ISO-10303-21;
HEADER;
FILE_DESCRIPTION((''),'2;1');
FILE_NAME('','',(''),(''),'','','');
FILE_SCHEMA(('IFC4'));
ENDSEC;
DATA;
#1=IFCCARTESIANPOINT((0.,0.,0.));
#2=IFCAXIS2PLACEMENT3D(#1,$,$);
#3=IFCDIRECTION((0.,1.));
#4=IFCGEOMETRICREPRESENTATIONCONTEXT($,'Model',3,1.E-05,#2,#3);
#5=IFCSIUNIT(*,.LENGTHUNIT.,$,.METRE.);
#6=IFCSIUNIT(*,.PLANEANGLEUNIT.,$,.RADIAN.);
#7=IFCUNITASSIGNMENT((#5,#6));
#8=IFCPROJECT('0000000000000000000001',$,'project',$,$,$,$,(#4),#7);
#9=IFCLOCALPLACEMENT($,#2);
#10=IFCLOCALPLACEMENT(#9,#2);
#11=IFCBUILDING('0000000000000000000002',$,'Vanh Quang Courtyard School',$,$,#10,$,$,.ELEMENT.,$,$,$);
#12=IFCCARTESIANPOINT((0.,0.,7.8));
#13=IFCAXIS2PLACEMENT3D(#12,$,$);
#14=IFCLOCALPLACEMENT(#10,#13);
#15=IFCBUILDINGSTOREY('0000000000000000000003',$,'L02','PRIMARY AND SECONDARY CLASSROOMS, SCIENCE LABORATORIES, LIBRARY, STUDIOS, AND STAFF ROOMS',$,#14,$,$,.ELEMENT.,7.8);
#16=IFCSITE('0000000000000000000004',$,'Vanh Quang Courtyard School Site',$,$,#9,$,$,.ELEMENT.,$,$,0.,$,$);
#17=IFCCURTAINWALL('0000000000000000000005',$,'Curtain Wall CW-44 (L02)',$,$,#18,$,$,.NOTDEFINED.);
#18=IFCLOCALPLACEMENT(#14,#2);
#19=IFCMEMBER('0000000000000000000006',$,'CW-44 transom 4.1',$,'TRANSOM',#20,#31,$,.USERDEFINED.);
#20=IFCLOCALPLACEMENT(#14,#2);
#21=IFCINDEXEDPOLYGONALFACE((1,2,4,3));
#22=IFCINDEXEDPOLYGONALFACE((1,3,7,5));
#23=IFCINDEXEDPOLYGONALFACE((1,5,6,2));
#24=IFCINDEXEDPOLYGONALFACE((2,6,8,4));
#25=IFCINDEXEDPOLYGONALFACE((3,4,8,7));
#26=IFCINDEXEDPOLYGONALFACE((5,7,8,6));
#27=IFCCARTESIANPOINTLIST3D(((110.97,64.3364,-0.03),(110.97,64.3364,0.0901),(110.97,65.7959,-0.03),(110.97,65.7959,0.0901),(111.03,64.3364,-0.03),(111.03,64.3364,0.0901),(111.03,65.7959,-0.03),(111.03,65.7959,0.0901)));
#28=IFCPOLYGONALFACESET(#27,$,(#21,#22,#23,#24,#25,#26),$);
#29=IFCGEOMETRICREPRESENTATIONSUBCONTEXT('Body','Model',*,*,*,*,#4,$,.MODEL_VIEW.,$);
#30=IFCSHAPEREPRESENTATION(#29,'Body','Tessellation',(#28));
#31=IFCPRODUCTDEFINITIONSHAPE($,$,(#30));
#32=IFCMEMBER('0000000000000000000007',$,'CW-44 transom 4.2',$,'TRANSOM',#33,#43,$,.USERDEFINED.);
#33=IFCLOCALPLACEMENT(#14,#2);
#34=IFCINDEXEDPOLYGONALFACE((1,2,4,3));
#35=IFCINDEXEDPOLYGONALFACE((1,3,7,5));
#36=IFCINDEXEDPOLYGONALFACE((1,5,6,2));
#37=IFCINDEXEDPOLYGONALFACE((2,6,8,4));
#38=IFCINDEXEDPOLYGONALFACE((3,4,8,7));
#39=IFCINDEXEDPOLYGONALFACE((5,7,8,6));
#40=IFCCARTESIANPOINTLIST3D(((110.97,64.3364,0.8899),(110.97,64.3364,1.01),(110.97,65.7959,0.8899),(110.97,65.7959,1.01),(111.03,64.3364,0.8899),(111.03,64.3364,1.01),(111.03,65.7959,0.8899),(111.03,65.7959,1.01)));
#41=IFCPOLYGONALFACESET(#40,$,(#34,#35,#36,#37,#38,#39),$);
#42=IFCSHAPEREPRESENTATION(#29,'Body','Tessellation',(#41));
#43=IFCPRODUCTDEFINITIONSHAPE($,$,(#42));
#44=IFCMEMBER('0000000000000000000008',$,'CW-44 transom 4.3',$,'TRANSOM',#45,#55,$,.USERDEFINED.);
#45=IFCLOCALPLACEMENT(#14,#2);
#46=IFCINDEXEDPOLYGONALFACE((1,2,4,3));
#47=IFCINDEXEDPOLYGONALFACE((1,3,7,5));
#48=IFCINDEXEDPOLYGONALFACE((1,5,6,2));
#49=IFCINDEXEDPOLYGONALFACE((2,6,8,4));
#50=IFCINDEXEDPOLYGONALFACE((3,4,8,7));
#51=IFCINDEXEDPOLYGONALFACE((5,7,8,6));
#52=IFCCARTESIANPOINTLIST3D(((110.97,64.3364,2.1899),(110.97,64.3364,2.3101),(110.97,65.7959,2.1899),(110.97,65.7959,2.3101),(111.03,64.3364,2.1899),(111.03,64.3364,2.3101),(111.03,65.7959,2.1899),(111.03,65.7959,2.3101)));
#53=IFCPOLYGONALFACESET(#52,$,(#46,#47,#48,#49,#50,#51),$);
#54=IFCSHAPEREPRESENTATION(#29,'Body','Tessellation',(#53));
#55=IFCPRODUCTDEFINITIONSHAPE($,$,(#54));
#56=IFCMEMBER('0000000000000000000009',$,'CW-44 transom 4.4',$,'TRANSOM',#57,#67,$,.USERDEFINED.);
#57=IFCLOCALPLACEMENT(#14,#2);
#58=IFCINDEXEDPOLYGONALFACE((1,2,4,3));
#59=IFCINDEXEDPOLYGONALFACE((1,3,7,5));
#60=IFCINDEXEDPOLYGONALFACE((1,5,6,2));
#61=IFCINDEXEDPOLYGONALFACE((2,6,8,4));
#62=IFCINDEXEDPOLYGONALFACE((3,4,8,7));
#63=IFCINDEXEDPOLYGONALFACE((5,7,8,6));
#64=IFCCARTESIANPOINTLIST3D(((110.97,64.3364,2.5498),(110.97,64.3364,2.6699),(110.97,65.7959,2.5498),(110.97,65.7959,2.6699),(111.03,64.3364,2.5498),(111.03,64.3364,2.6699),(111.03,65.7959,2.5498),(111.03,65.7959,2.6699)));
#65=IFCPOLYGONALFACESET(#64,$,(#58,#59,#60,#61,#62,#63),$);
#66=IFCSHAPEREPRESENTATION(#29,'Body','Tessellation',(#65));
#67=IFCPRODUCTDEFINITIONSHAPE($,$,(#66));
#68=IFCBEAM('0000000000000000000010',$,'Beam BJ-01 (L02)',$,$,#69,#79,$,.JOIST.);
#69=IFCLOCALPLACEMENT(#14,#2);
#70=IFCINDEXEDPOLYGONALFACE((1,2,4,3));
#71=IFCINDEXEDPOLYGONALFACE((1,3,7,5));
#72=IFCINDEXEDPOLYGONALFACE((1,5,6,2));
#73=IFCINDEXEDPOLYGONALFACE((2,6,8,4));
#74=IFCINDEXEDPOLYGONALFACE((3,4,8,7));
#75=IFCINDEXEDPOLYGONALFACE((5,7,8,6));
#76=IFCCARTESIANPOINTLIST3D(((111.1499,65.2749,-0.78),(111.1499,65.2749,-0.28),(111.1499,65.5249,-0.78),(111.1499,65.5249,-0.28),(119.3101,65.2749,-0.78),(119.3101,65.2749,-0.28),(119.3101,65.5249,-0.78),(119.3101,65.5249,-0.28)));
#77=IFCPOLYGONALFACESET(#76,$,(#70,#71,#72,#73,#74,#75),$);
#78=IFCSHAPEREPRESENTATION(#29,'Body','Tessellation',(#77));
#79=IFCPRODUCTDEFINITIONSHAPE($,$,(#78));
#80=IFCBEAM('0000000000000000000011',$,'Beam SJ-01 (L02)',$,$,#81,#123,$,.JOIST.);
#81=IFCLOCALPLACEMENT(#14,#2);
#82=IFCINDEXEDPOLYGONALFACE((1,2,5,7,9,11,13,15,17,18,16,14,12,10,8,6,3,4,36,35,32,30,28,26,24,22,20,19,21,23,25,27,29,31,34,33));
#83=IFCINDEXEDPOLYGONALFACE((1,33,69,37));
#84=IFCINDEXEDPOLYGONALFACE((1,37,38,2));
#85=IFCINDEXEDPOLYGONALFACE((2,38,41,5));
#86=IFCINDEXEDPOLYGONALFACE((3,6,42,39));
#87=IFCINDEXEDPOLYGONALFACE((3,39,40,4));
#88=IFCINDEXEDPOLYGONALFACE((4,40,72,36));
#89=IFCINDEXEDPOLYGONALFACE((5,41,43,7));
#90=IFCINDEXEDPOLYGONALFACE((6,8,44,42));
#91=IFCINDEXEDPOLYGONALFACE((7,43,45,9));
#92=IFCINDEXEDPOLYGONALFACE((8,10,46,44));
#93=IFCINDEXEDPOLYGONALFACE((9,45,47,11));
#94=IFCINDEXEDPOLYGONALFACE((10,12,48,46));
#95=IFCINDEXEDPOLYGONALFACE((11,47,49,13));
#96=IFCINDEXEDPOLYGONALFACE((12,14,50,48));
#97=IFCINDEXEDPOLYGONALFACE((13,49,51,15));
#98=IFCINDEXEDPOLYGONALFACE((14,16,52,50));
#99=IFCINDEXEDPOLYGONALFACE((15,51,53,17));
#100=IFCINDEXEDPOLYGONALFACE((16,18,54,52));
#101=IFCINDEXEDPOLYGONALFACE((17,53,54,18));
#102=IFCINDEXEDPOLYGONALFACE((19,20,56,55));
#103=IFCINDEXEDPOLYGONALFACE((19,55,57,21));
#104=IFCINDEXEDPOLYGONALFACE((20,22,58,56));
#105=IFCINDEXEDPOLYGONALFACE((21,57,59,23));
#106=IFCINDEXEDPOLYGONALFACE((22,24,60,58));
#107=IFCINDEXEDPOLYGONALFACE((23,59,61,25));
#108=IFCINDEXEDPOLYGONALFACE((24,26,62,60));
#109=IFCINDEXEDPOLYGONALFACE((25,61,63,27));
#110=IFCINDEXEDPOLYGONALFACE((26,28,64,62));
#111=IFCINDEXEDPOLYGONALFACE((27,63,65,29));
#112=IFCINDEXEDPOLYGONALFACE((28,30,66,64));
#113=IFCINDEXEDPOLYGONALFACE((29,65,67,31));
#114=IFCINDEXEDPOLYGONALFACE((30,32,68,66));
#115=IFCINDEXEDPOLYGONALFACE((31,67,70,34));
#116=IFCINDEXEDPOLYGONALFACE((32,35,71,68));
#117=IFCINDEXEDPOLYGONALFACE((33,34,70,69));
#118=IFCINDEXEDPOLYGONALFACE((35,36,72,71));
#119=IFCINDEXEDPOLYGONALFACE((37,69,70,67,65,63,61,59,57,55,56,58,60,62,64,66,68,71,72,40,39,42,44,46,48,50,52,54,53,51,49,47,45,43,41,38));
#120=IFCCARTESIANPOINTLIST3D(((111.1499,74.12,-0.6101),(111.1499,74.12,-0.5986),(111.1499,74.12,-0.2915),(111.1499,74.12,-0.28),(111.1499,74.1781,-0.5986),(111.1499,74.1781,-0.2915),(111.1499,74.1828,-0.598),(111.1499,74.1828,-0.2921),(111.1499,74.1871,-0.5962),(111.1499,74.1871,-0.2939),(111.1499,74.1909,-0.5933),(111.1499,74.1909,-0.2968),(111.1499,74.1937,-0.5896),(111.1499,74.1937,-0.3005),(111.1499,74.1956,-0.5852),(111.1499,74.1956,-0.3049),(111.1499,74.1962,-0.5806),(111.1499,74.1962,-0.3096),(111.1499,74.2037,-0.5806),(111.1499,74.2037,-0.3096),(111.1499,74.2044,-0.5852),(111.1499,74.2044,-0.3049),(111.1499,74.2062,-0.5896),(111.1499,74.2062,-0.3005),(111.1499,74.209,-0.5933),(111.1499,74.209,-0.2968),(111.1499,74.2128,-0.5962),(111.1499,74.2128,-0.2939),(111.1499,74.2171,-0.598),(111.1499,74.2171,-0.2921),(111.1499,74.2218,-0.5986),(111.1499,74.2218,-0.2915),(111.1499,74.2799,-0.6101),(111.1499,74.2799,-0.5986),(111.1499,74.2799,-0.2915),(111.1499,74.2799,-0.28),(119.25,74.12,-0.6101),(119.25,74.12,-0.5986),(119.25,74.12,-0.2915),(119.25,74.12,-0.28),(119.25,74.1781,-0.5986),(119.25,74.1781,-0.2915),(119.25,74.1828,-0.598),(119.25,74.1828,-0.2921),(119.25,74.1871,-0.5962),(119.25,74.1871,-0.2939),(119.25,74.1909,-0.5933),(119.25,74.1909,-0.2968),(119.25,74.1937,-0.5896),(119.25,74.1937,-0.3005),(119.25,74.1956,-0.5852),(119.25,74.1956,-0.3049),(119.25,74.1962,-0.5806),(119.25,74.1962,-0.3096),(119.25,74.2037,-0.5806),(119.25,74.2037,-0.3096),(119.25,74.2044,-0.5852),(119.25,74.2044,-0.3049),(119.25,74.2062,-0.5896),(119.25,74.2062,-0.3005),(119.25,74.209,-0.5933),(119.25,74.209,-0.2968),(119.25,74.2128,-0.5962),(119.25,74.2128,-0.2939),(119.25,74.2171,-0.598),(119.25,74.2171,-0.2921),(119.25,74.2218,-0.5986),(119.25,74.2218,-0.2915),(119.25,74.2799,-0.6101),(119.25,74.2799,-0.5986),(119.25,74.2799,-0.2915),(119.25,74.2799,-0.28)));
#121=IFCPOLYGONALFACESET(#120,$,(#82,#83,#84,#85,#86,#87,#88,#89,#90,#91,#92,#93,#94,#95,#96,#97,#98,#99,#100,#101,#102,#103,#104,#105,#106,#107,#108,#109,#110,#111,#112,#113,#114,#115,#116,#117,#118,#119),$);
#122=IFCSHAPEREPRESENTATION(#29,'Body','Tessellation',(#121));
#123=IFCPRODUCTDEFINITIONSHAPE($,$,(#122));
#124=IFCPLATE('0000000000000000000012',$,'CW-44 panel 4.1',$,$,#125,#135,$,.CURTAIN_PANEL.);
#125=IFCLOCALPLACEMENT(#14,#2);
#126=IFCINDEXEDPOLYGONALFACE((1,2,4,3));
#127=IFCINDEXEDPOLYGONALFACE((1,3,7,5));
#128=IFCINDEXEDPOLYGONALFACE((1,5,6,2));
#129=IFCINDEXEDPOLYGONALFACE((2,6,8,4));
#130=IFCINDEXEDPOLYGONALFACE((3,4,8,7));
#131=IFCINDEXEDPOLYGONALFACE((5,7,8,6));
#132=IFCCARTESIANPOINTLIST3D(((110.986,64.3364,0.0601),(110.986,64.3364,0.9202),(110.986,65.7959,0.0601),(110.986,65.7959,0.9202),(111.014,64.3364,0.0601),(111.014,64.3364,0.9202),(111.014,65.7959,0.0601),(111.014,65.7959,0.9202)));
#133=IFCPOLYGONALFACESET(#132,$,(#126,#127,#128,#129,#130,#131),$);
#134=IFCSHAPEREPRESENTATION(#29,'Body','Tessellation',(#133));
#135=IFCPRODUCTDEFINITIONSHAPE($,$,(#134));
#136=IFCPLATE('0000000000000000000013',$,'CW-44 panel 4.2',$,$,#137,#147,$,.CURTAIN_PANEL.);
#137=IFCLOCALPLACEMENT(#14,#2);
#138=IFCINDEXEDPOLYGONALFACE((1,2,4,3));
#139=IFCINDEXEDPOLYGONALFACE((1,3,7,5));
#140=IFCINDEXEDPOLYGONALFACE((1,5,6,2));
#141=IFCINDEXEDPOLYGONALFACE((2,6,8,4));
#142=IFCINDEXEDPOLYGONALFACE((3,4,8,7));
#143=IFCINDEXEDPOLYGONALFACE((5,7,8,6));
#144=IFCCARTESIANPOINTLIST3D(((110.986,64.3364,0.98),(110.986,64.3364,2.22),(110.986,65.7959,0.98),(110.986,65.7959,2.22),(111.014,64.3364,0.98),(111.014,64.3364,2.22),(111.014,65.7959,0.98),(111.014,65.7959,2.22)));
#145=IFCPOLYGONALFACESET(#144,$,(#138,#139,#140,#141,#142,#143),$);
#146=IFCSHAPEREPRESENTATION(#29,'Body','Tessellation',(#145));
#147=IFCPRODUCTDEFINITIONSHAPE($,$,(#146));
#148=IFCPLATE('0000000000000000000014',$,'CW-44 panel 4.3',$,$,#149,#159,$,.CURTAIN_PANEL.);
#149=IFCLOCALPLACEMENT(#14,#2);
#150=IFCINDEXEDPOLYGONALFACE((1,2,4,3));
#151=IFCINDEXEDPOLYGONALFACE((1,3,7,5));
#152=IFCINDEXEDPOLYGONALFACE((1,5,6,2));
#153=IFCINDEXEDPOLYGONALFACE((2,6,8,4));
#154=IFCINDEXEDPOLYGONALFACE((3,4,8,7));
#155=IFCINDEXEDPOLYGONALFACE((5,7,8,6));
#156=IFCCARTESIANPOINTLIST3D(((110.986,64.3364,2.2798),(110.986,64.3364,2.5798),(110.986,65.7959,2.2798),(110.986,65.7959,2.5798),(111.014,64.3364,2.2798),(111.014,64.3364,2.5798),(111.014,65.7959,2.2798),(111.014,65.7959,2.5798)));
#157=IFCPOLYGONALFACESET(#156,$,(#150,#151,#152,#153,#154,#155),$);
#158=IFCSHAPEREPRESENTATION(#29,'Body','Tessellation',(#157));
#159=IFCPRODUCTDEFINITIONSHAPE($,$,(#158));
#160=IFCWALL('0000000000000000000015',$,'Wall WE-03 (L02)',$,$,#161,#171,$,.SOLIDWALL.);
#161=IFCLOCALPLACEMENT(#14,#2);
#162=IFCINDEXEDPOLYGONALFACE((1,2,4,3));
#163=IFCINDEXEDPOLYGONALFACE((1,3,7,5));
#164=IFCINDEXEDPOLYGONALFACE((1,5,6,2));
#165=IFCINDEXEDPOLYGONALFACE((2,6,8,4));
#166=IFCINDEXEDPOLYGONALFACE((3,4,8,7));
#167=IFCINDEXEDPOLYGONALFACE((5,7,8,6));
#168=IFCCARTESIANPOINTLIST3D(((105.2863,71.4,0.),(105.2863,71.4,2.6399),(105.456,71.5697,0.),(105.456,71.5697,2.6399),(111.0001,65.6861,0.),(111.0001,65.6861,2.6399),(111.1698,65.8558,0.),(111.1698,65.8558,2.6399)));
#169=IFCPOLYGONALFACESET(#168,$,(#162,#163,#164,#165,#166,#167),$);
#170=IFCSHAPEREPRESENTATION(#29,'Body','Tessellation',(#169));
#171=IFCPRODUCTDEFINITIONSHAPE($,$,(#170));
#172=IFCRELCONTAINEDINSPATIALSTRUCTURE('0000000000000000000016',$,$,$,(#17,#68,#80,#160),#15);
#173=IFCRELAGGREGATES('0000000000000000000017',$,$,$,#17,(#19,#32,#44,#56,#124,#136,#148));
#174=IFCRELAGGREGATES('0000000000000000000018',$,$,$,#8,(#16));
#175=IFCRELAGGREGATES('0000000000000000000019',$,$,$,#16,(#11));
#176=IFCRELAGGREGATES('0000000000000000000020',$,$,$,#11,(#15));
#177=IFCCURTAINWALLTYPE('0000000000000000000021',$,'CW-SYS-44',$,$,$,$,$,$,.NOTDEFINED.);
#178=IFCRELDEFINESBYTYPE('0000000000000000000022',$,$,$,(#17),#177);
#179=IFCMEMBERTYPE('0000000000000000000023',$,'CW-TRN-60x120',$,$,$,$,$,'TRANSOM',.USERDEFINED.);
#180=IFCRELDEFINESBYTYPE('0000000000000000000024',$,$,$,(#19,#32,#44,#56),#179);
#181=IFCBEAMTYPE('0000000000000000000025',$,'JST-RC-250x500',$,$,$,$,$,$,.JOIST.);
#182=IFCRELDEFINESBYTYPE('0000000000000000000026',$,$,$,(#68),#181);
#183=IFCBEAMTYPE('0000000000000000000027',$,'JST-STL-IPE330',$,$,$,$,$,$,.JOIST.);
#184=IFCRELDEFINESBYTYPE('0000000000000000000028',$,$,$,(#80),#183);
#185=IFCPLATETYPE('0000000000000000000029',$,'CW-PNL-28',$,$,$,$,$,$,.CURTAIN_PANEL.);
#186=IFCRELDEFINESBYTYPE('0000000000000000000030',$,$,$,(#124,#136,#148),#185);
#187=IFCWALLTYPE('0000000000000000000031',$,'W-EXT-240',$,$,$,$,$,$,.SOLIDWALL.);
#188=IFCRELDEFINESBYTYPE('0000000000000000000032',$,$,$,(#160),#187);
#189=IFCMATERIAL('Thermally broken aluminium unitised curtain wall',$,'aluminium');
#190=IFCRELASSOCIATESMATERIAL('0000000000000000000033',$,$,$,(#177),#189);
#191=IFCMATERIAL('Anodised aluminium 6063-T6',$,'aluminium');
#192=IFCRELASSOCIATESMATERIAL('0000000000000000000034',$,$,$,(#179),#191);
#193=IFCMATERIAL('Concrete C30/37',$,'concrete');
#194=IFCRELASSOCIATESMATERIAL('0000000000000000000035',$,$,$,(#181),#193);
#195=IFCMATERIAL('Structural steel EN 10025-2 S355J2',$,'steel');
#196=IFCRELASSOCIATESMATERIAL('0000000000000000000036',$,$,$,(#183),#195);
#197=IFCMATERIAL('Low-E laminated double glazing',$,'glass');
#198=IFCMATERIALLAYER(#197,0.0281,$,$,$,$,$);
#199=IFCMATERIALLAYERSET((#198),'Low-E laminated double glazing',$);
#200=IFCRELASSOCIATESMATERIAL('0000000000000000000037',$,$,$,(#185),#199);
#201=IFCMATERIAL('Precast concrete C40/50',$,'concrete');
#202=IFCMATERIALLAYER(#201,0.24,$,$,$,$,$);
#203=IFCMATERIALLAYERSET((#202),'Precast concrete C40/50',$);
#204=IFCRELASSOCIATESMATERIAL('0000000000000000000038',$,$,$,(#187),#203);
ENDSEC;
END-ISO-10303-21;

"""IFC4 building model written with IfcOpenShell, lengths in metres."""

from ifc_helpers import new_model, si_unit, direction, frame, frame_2d, origin, origin_2d, place, context, subcontext, project, spatial, rectangle, i_section, extrude, material, layer, layer_set, material_profile, profile_set, type_object, element, aggregate, save


model = new_model("IFC4")

# Units and contexts
model_context = context("Model", 3, precision=1e-05, world=origin(), true_north=direction((0.0, 1.0)))
body_context = subcontext(model_context, "Body", "Model", "MODEL_VIEW")
ifc_project = project(units=[si_unit("LENGTHUNIT", "METRE"), si_unit("PLANEANGLEUNIT", "RADIAN")], contexts=[model_context])

# Site, building, storey
site_placement = place(None, origin())
site = spatial("IfcSite", under=ifc_project, at=site_placement, Name="Vanh Quang Courtyard School Site", CompositionType="ELEMENT", RefElevation=0.0)
building_placement = place(site_placement, origin())
building = spatial("IfcBuilding", under=site, at=building_placement, Name="Vanh Quang Courtyard School", CompositionType="ELEMENT")
storey_placement = place(building_placement, frame((0.0, 0.0, 7.8)))
storey = spatial("IfcBuildingStorey", under=building, at=storey_placement, Name="L02", Description="PRIMARY AND SECONDARY CLASSROOMS, SCIENCE LABORATORIES, LIBRARY, STUDIOS, AND STAFF ROOMS", CompositionType="ELEMENT", Elevation=7.8)

# Curtain wall, members
ifc_material_1 = material(Name="Thermally broken aluminium unitised curtain wall", Category="aluminium")
curtain_wall_type = type_object("IfcCurtainWallType", Name="CW-SYS-44", PredefinedType="NOTDEFINED", material=ifc_material_1)
curtain_wall_placement = place(storey_placement, origin())
curtain_wall = element("IfcCurtainWall", 1, at=curtain_wall_placement, inside=storey, type_object=curtain_wall_type, Name="Curtain Wall CW-44 (L02)", PredefinedType="NOTDEFINED")
ifc_material_2 = material(Name="Anodised aluminium 6063-T6", Category="aluminium")
ifc_material_profile_1 = material_profile(ifc_material_2, rectangle(XDim=0.0601, YDim=0.1201, at=origin_2d()), Name="ALU-TRN 60x120")
ifc_profile_set_1 = profile_set([ifc_material_profile_1], Name="Anodised aluminium 6063-T6")
member_type_1 = type_object("IfcMemberType", Name="CW-TRN-60x120", ElementType="TRANSOM", PredefinedType="USERDEFINED", material=ifc_profile_set_1)
member_1_placement = place(storey_placement, frame((111.0, 64.3364, 0.03), z_axis=(0.0, 1.0, 0.0), x_axis=(-1.0, 0.0, 0.0)))
member_1 = element("IfcMember", 2, at=member_1_placement, type_object=member_type_1, Name="CW-44 transom 4.1", ObjectType="TRANSOM", PredefinedType="USERDEFINED", context=body_context, shape_type="SweptSolid", body=[
    extrude(rectangle(XDim=0.0601, YDim=0.1201, at=origin_2d()), origin(), (0.0, 0.0, 1.0), 1.4595),
])
member_2_placement = place(storey_placement, frame((111.0, 64.3364, 0.95), z_axis=(0.0, 1.0, 0.0), x_axis=(-1.0, 0.0, 0.0)))
member_2 = element("IfcMember", 3, at=member_2_placement, type_object=member_type_1, Name="CW-44 transom 4.2", ObjectType="TRANSOM", PredefinedType="USERDEFINED", context=body_context, shape_type="SweptSolid", body=[
    extrude(rectangle(XDim=0.0601, YDim=0.1201, at=origin_2d()), origin(), (0.0, 0.0, 1.0), 1.4595),
])
member_3_placement = place(storey_placement, frame((111.0, 64.3364, 2.25), z_axis=(0.0, 1.0, 0.0), x_axis=(-1.0, 0.0, 0.0)))
member_3 = element("IfcMember", 4, at=member_3_placement, type_object=member_type_1, Name="CW-44 transom 4.3", ObjectType="TRANSOM", PredefinedType="USERDEFINED", context=body_context, shape_type="SweptSolid", body=[
    extrude(rectangle(XDim=0.0601, YDim=0.1201, at=origin_2d()), origin(), (0.0, 0.0, 1.0), 1.4595),
])
member_4_placement = place(storey_placement, frame((111.0, 64.3364, 2.6099), z_axis=(0.0, 1.0, 0.0), x_axis=(-1.0, 0.0, 0.0)))
member_4 = element("IfcMember", 5, at=member_4_placement, type_object=member_type_1, Name="CW-44 transom 4.4", ObjectType="TRANSOM", PredefinedType="USERDEFINED", context=body_context, shape_type="SweptSolid", body=[
    extrude(rectangle(XDim=0.0601, YDim=0.1201, at=origin_2d()), origin(), (0.0, 0.0, 1.0), 1.4595),
])

# Beams
ifc_material_3 = material(Name="Concrete C30/37", Category="concrete")
ifc_material_profile_2 = material_profile(ifc_material_3, rectangle(XDim=0.25, YDim=0.5, at=origin_2d()), Name="RC-JST 250x500")
ifc_profile_set_2 = profile_set([ifc_material_profile_2], Name="Concrete C30/37")
beam_type_1 = type_object("IfcBeamType", Name="JST-RC-250x500", PredefinedType="JOIST", material=ifc_profile_set_2)
beam_1_placement = place(storey_placement, frame((111.1499, 65.3999, -0.53), z_axis=(1.0, 0.0, 0.0), x_axis=(0.0, 1.0, 0.0)))
element("IfcBeam", 6, at=beam_1_placement, inside=storey, type_object=beam_type_1, Name="Beam BJ-01 (L02)", PredefinedType="JOIST", context=body_context, shape_type="SweptSolid", body=[
    extrude(rectangle(XDim=0.25, YDim=0.5, at=origin_2d()), origin(), (0.0, 0.0, 1.0), 8.1602),
])
ifc_material_4 = material(Name="Structural steel EN 10025-2 S355J2", Category="steel")
ifc_material_profile_3 = material_profile(ifc_material_4, i_section(OverallWidth=0.1599, OverallDepth=0.3301, WebThickness=0.0076, FlangeThickness=0.0115, FilletRadius=0.0181, at=origin_2d()), Name="IPE 330")
ifc_profile_set_3 = profile_set([ifc_material_profile_3], Name="Structural steel EN 10025-2 S355J2")
beam_type_2 = type_object("IfcBeamType", Name="JST-STL-IPE330", PredefinedType="JOIST", material=ifc_profile_set_3)
beam_2_placement = place(storey_placement, frame((111.1499, 74.2, -0.4451), z_axis=(1.0, 0.0, 0.0), x_axis=(0.0, 1.0, 0.0)))
element("IfcBeam", 7, at=beam_2_placement, inside=storey, type_object=beam_type_2, Name="Beam SJ-01 (L02)", PredefinedType="JOIST", context=body_context, shape_type="SweptSolid", body=[
    extrude(i_section(OverallWidth=0.1599, OverallDepth=0.3301, WebThickness=0.0076, FlangeThickness=0.0115, FilletRadius=0.0181, at=origin_2d()), origin(), (0.0, 0.0, 1.0), 8.1001),
])

# Plates
ifc_material_5 = material(Name="Low-E laminated double glazing", Category="glass")
ifc_layer_1 = layer(ifc_material_5, 0.0281)
ifc_layer_set_1 = layer_set([ifc_layer_1], Name="Low-E laminated double glazing")
plate_type = type_object("IfcPlateType", Name="CW-PNL-28", PredefinedType="CURTAIN_PANEL", material=ifc_layer_set_1)
plate_1_placement = place(storey_placement, frame((111.0, 65.0662, 0.0601), z_axis=(0.0, 0.0, 1.0), x_axis=(0.0, 1.0, 0.0)))
plate_1 = element("IfcPlate", 8, at=plate_1_placement, type_object=plate_type, Name="CW-44 panel 4.1", PredefinedType="CURTAIN_PANEL", context=body_context, shape_type="SweptSolid", body=[
    extrude(rectangle(XDim=1.4595, YDim=0.0281, at=origin_2d()), origin(), (0.0, 0.0, 1.0), 0.8601),
])
plate_2_placement = place(storey_placement, frame((111.0, 65.0662, 0.98), z_axis=(0.0, 0.0, 1.0), x_axis=(0.0, 1.0, 0.0)))
plate_2 = element("IfcPlate", 9, at=plate_2_placement, type_object=plate_type, Name="CW-44 panel 4.2", PredefinedType="CURTAIN_PANEL", context=body_context, shape_type="SweptSolid", body=[
    extrude(rectangle(XDim=1.4595, YDim=0.0281, at=origin_2d()), origin(), (0.0, 0.0, 1.0), 1.24),
])
plate_3_placement = place(storey_placement, frame((111.0, 65.0662, 2.2798), z_axis=(0.0, 0.0, 1.0), x_axis=(0.0, 1.0, 0.0)))
plate_3 = element("IfcPlate", 10, at=plate_3_placement, type_object=plate_type, Name="CW-44 panel 4.3", PredefinedType="CURTAIN_PANEL", context=body_context, shape_type="SweptSolid", body=[
    extrude(rectangle(XDim=1.4595, YDim=0.0281, at=origin_2d()), origin(), (0.0, 0.0, 1.0), 0.3),
])
aggregate(curtain_wall, [member_1, member_2, member_3, member_4, plate_1, plate_2, plate_3])

# Wall
ifc_material_6 = material(Name="Precast concrete C40/50", Category="concrete")
ifc_layer_2 = layer(ifc_material_6, 0.24)
ifc_layer_set_2 = layer_set([ifc_layer_2], Name="Precast concrete C40/50")
wall_type_1 = type_object("IfcWallType", Name="W-EXT-240", PredefinedType="SOLIDWALL", material=ifc_layer_set_2)
wall_1_placement = place(storey_placement, frame((111.085, 65.771, 0.0), z_axis=(0.0, 0.0, 1.0), x_axis=(-0.707107, 0.707107, 0.0)))
element("IfcWall", 11, at=wall_1_placement, inside=storey, type_object=wall_type_1, Name="Wall WE-03 (L02)", PredefinedType="SOLIDWALL", context=body_context, shape_type="SweptSolid", body=[
    extrude(rectangle(XDim=8.0806, YDim=0.24, at=frame_2d((4.0403, 0.0))), origin(), (0.0, 0.0, 1.0), 2.6399),
])

save(model, "model.ifc")
